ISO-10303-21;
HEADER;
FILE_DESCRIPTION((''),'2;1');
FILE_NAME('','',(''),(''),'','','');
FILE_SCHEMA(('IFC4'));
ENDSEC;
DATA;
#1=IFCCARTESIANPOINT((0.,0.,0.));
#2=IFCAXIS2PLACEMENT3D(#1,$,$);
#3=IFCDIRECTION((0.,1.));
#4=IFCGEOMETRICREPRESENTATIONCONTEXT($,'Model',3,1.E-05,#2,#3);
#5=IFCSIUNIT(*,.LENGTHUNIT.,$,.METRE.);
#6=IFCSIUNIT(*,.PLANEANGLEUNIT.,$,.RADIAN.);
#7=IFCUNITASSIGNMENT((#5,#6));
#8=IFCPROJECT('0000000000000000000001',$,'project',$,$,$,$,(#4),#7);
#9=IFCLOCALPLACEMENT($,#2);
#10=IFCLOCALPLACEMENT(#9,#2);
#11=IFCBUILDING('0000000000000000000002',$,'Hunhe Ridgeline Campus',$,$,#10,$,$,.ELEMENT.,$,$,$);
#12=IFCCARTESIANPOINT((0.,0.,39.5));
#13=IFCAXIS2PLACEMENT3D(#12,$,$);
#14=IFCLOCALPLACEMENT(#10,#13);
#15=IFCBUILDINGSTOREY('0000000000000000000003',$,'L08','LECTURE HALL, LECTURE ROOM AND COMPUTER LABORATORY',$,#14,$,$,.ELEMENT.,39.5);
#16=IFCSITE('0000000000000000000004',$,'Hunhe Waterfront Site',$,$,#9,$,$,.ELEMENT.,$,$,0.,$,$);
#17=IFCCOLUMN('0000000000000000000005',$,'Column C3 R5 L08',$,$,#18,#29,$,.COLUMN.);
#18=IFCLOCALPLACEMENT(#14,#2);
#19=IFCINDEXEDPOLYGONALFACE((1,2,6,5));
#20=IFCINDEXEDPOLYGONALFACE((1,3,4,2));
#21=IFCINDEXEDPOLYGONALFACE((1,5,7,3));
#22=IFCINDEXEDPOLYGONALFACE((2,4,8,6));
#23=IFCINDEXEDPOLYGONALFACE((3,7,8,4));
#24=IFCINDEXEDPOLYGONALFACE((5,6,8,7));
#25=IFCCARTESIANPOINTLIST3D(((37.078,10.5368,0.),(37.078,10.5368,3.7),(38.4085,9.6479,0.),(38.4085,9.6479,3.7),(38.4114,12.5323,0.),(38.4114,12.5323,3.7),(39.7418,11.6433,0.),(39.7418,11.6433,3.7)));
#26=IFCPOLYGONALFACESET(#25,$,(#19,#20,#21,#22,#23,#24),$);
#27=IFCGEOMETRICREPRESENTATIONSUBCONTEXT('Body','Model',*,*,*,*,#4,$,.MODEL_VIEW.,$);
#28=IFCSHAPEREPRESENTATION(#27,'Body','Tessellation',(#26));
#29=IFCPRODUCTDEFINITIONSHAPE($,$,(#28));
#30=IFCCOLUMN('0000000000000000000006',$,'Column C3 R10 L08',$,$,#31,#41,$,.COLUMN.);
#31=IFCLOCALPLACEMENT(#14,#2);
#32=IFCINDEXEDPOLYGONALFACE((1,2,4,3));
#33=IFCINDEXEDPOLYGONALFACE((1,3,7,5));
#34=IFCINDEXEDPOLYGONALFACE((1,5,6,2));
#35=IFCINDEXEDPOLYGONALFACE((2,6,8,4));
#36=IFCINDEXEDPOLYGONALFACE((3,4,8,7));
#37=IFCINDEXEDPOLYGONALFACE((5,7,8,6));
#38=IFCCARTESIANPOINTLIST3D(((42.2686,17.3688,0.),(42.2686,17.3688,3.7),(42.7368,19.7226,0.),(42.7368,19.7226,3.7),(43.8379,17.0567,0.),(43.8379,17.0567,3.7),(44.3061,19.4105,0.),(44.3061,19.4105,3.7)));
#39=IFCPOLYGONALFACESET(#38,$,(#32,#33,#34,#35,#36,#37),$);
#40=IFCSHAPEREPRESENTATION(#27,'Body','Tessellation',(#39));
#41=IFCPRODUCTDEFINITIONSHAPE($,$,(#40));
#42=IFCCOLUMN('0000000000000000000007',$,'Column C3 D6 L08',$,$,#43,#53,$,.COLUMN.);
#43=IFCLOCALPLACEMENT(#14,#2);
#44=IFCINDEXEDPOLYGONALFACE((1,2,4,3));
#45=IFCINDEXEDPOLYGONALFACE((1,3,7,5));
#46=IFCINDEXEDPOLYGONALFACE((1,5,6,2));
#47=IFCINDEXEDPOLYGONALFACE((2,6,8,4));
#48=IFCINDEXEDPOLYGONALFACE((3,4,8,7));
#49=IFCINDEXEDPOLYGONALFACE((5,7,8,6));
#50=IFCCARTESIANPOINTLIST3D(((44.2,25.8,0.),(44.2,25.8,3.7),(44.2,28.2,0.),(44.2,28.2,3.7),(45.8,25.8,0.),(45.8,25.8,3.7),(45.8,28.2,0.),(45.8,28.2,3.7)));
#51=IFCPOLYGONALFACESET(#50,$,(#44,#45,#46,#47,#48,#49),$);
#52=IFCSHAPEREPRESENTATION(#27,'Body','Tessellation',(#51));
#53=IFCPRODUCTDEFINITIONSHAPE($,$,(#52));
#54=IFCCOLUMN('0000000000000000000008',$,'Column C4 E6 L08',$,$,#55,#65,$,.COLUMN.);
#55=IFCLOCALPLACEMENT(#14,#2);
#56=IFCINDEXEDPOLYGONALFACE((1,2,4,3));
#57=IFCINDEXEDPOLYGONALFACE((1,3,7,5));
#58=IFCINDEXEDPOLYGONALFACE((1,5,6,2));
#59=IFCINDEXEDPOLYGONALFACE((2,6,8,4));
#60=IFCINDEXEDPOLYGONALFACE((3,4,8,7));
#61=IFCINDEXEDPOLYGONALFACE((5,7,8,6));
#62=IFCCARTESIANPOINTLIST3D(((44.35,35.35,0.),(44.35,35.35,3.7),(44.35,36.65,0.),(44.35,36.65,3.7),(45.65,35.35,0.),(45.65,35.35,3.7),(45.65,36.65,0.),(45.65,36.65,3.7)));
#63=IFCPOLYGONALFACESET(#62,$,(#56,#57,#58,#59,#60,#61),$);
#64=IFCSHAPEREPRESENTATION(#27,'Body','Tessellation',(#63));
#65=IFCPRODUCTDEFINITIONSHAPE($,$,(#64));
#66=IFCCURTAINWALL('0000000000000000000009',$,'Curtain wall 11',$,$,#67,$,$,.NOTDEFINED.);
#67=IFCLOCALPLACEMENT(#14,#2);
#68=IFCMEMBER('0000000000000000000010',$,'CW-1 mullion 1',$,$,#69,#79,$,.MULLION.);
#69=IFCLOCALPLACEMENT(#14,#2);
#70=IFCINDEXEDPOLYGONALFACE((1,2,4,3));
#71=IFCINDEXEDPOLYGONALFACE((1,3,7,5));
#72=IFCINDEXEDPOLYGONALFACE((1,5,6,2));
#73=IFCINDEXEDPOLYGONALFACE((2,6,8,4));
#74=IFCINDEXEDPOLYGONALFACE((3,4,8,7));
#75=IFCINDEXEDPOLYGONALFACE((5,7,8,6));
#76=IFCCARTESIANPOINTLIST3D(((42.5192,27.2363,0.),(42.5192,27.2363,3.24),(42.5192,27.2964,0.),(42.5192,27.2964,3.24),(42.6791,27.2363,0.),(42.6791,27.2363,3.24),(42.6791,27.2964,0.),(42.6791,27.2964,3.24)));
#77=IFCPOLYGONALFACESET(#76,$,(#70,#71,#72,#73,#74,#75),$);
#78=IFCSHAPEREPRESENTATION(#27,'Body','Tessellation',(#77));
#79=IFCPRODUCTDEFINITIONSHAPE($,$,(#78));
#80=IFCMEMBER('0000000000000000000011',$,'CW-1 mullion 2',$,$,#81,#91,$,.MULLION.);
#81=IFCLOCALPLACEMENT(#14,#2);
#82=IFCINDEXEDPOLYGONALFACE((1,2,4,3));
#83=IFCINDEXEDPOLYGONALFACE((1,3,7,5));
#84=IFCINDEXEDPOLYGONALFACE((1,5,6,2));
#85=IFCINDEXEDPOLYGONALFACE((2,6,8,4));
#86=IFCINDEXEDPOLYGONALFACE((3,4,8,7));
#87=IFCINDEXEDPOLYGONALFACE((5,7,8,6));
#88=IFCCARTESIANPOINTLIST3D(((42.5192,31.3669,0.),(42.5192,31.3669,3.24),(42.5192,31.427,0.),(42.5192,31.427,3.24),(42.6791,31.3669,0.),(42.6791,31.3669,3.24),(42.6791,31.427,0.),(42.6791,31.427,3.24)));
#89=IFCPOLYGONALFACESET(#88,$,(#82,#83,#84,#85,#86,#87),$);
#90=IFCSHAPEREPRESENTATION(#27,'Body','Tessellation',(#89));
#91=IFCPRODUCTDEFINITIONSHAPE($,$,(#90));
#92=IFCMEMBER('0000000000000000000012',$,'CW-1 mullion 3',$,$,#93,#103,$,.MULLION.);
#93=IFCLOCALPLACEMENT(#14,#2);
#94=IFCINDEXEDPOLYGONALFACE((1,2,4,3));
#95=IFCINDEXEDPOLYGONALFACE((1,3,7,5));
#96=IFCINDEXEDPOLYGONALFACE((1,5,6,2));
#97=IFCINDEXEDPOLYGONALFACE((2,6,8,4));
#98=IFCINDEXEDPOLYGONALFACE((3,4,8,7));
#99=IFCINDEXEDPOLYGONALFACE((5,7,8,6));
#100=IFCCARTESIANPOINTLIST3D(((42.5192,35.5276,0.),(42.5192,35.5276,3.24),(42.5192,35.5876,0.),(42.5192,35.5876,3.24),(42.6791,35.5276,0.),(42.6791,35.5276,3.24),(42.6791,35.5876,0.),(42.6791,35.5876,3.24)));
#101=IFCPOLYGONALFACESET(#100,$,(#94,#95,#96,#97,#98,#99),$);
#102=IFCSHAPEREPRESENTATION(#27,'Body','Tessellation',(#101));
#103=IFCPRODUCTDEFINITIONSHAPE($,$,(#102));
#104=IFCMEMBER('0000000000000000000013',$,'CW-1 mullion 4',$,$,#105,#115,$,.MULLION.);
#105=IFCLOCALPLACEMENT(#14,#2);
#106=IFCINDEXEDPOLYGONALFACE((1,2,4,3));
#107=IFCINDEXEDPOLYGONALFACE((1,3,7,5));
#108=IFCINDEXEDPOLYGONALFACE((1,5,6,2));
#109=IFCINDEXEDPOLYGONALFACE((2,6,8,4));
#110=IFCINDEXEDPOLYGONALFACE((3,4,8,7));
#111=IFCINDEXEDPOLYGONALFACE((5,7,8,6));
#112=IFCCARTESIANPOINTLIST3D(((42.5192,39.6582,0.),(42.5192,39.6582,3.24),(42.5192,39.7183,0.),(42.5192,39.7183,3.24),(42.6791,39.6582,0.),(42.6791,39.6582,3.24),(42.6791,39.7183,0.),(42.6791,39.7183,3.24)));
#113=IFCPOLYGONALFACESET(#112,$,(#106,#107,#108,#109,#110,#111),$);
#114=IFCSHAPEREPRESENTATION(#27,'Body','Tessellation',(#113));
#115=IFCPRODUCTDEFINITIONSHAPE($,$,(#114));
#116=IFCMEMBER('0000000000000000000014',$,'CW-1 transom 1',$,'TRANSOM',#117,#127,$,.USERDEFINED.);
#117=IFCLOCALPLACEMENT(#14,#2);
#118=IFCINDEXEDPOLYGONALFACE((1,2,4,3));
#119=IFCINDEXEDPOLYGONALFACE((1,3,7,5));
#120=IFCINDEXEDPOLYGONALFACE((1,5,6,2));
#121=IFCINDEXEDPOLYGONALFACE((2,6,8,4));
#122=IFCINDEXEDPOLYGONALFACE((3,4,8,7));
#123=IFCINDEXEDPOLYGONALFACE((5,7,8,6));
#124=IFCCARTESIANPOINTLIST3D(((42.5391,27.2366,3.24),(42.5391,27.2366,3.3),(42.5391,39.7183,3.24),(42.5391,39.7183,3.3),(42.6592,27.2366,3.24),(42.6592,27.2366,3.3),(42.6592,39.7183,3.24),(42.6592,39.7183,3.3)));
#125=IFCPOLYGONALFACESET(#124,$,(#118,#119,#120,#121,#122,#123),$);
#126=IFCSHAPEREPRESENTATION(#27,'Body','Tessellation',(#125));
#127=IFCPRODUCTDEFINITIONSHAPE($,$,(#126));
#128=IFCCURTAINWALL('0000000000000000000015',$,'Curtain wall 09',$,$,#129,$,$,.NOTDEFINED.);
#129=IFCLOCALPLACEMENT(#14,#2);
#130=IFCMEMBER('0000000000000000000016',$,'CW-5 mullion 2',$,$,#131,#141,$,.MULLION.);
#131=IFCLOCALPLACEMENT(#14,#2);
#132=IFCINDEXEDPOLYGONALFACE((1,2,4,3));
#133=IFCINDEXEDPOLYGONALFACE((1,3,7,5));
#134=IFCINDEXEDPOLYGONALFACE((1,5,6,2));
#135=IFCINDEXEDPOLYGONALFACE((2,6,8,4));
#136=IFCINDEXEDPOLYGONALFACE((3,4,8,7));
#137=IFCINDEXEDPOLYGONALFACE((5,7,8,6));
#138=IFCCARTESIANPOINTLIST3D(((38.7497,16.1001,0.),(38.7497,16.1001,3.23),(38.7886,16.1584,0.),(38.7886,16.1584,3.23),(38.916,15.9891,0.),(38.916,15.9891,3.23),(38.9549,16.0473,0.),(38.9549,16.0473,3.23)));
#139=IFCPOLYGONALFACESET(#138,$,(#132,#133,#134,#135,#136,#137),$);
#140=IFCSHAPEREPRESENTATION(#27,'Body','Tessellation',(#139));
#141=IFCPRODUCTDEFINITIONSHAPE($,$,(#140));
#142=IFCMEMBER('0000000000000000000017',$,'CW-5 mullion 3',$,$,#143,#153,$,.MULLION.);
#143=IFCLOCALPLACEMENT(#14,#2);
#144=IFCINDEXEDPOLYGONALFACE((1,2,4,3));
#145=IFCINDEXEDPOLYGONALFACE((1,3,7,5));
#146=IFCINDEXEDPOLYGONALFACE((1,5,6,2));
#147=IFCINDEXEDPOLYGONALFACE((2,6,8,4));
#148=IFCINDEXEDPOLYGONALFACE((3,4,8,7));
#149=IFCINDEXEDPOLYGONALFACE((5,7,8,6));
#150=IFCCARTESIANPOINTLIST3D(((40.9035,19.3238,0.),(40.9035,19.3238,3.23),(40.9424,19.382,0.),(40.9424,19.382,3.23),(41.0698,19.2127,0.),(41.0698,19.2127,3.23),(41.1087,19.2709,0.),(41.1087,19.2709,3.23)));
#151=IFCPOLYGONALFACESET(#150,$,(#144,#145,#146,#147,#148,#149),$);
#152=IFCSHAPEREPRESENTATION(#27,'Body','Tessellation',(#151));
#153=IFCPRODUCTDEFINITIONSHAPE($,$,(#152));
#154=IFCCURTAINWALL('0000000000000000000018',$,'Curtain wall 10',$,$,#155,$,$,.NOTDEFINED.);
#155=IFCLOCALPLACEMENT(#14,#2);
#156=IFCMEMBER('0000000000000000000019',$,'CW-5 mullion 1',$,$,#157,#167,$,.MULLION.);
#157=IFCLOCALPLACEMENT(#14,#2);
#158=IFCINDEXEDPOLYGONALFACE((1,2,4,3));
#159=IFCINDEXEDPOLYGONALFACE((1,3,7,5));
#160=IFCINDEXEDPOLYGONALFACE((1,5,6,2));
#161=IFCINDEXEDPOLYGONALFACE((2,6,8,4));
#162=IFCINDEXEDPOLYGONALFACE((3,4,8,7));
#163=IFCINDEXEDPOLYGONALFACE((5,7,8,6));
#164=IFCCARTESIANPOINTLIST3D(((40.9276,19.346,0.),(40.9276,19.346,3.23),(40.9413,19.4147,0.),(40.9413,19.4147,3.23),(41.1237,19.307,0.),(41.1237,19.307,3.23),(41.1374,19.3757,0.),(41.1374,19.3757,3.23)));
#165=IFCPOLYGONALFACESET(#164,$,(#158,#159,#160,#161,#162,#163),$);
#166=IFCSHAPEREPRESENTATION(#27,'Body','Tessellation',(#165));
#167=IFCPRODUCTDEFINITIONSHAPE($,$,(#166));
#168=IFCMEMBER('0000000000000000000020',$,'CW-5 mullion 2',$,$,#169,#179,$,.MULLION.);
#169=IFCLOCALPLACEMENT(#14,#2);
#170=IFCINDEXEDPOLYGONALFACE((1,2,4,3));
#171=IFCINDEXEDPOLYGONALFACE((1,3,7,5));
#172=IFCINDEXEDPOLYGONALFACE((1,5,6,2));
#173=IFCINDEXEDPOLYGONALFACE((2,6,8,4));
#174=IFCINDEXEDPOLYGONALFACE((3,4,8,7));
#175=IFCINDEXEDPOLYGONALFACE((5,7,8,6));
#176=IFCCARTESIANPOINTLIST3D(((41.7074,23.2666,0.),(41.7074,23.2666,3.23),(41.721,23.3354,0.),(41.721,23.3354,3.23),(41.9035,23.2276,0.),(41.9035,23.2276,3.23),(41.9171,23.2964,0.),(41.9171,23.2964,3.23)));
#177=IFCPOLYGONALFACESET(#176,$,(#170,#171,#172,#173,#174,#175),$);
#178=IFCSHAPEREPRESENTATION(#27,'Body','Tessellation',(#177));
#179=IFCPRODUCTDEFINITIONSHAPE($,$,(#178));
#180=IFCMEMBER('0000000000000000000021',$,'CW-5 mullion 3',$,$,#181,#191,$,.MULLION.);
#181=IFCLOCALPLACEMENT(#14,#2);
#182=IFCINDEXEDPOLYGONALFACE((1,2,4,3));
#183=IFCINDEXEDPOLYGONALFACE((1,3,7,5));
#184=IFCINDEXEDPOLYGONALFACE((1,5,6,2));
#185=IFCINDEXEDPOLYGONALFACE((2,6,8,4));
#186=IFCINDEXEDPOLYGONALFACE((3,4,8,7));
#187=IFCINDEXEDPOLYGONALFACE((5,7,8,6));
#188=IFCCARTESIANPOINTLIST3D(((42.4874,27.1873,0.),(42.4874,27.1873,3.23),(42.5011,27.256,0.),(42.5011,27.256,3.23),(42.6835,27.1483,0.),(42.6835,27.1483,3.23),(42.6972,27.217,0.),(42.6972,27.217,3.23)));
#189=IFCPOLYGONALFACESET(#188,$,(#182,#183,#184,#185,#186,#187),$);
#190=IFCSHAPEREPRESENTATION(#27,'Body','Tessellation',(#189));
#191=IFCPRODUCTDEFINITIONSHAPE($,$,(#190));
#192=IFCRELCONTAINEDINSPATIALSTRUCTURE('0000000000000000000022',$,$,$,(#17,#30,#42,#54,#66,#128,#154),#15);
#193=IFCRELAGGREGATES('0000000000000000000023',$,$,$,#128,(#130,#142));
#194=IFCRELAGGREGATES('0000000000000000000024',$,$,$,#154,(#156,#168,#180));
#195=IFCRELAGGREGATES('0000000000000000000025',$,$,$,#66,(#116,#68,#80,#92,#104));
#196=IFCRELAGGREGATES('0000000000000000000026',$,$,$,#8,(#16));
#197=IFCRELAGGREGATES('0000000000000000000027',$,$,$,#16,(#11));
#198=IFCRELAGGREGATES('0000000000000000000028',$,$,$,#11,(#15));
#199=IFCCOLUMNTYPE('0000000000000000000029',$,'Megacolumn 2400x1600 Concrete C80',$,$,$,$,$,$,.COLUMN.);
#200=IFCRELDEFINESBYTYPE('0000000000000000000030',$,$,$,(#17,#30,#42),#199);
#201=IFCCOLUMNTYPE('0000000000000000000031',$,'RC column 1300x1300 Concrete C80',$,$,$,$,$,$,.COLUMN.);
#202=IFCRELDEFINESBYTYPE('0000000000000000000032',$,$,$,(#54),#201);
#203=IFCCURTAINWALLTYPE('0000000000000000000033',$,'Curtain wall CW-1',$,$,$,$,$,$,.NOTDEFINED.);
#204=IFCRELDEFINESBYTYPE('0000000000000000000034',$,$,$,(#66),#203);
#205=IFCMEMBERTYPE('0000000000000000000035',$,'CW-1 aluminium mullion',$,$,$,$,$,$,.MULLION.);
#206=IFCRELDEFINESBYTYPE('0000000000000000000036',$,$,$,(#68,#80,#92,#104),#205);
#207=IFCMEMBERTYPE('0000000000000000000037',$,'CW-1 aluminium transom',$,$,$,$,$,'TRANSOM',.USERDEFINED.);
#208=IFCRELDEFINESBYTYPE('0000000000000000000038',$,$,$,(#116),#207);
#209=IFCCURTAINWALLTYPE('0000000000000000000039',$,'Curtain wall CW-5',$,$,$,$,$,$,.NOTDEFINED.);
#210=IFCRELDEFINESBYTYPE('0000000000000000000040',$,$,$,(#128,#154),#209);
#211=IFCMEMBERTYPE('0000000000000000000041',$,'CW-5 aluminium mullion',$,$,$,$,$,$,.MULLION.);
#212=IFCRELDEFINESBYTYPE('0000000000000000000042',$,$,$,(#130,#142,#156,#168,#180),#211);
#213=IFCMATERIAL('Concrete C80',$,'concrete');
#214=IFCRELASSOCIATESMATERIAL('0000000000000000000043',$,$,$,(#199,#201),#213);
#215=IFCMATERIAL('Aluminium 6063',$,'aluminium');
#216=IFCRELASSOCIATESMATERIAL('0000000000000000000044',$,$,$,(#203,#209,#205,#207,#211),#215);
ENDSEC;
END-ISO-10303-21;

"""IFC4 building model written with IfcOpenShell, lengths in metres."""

from ifc_helpers import new_model, si_unit, direction, frame, origin, origin_2d, place, context, subcontext, project, spatial, rectangle, extrude, material, material_profile, profile_set, type_object, element, aggregate, save


model = new_model("IFC4")

# Units and contexts
model_context = context("Model", 3, precision=1e-05, world=origin(), true_north=direction((0.0, 1.0)))
body_context = subcontext(model_context, "Body", "Model", "MODEL_VIEW")
ifc_project = project(units=[si_unit("LENGTHUNIT", "METRE"), si_unit("PLANEANGLEUNIT", "RADIAN")], contexts=[model_context])

# Site, building, storey
site_placement = place(None, origin())
site = spatial("IfcSite", under=ifc_project, at=site_placement, Name="Hunhe Waterfront Site", CompositionType="ELEMENT", RefElevation=0.0)
building_placement = place(site_placement, origin())
building = spatial("IfcBuilding", under=site, at=building_placement, Name="Hunhe Ridgeline Campus", CompositionType="ELEMENT")
storey_placement = place(building_placement, frame((0.0, 0.0, 39.5)))
storey = spatial("IfcBuildingStorey", under=building, at=storey_placement, Name="L08", Description="LECTURE HALL, LECTURE ROOM AND COMPUTER LABORATORY", CompositionType="ELEMENT", Elevation=39.5)

# Columns
ifc_material_1 = material(Name="Concrete C80", Category="concrete")
ifc_material_profile_1 = material_profile(ifc_material_1, rectangle(XDim=2.3999, YDim=1.6001, at=origin_2d()))
ifc_profile_set_1 = profile_set([ifc_material_profile_1], Name="Concrete C80")
column_type_1 = type_object("IfcColumnType", Name="Megacolumn 2400x1600 Concrete C80", PredefinedType="COLUMN", material=ifc_profile_set_1)
for number, where, z_axis, x_axis, name in (
    (1, (38.4099, 11.0901, 0.0), (0.0, 0.0, 1.0), (0.55557, 0.83147, 0.0), "Column C3 R5 L08"),
    (2, (43.2874, 18.3896, 0.0), (0.0, 0.0, 1.0), (0.19509, 0.980785, 0.0), "Column C3 R10 L08"),
    (3, (45.0, 27.0, 0.0), (0.0, 0.0, 1.0), (0.0, 1.0, 0.0), "Column C3 D6 L08"),
):
    element("IfcColumn", number, at=place(storey_placement, frame(where, z_axis=z_axis, x_axis=x_axis)), inside=storey, type_object=column_type_1, Name=name, PredefinedType="COLUMN", context=body_context, shape_type="SweptSolid", body=[
        extrude(rectangle(XDim=2.3999, YDim=1.6001, at=origin_2d()), origin(), (0.0, 0.0, 1.0), 3.7),
    ])
ifc_material_profile_2 = material_profile(ifc_material_1, rectangle(XDim=1.3, YDim=1.3, at=origin_2d()))
ifc_profile_set_2 = profile_set([ifc_material_profile_2], Name="Concrete C80")
column_type_2 = type_object("IfcColumnType", Name="RC column 1300x1300 Concrete C80", PredefinedType="COLUMN", material=ifc_profile_set_2)
column_placement = place(storey_placement, frame((45.0, 36.0, 0.0), z_axis=(0.0, 0.0, 1.0), x_axis=(1.0, 0.0, 0.0)))
element("IfcColumn", 4, at=column_placement, inside=storey, type_object=column_type_2, Name="Column C4 E6 L08", PredefinedType="COLUMN", context=body_context, shape_type="SweptSolid", body=[
    extrude(rectangle(XDim=1.3, YDim=1.3, at=origin_2d()), origin(), (0.0, 0.0, 1.0), 3.7),
])

# Curtain walls, members
ifc_material_2 = material(Name="Aluminium 6063", Category="aluminium")
curtain_wall_type_1 = type_object("IfcCurtainWallType", Name="Curtain wall CW-1", PredefinedType="NOTDEFINED", material=ifc_material_2)
curtain_wall_1_placement = place(storey_placement, origin())
curtain_wall_1 = element("IfcCurtainWall", 5, at=curtain_wall_1_placement, inside=storey, type_object=curtain_wall_type_1, Name="Curtain wall 11", PredefinedType="NOTDEFINED")
ifc_material_profile_3 = material_profile(ifc_material_2, rectangle(XDim=0.1599, YDim=0.0601, at=origin_2d()))
ifc_profile_set_3 = profile_set([ifc_material_profile_3], Name="Aluminium 6063")
member_type_1 = type_object("IfcMemberType", Name="CW-1 aluminium mullion", PredefinedType="MULLION", material=ifc_profile_set_3)
member_1_placement = place(storey_placement, frame((42.5991, 27.2664, 0.0), z_axis=(0.0, 0.0, 1.0), x_axis=(-1.0, 0.0, 0.0)))
member_1 = element("IfcMember", 6, at=member_1_placement, type_object=member_type_1, Name="CW-1 mullion 1", PredefinedType="MULLION", context=body_context, shape_type="SweptSolid", body=[
    extrude(rectangle(XDim=0.1599, YDim=0.0601, at=origin_2d()), origin(), (0.0, 0.0, 1.0), 3.24),
])
member_2_placement = place(storey_placement, frame((42.5991, 31.397, 0.0), z_axis=(0.0, 0.0, 1.0), x_axis=(-1.0, 0.0, 0.0)))
member_2 = element("IfcMember", 7, at=member_2_placement, type_object=member_type_1, Name="CW-1 mullion 2", PredefinedType="MULLION", context=body_context, shape_type="SweptSolid", body=[
    extrude(rectangle(XDim=0.1599, YDim=0.0601, at=origin_2d()), origin(), (0.0, 0.0, 1.0), 3.24),
])
member_3_placement = place(storey_placement, frame((42.5991, 35.5576, 0.0), z_axis=(0.0, 0.0, 1.0), x_axis=(-1.0, 0.0, 0.0)))
member_3 = element("IfcMember", 8, at=member_3_placement, type_object=member_type_1, Name="CW-1 mullion 3", PredefinedType="MULLION", context=body_context, shape_type="SweptSolid", body=[
    extrude(rectangle(XDim=0.1599, YDim=0.0601, at=origin_2d()), origin(), (0.0, 0.0, 1.0), 3.24),
])
member_4_placement = place(storey_placement, frame((42.5991, 39.6882, 0.0), z_axis=(0.0, 0.0, 1.0), x_axis=(-1.0, 0.0, 0.0)))
member_4 = element("IfcMember", 9, at=member_4_placement, type_object=member_type_1, Name="CW-1 mullion 4", PredefinedType="MULLION", context=body_context, shape_type="SweptSolid", body=[
    extrude(rectangle(XDim=0.1599, YDim=0.0601, at=origin_2d()), origin(), (0.0, 0.0, 1.0), 3.24),
])
ifc_material_profile_4 = material_profile(ifc_material_2, rectangle(XDim=0.1201, YDim=0.0601, at=origin_2d()))
ifc_profile_set_4 = profile_set([ifc_material_profile_4], Name="Aluminium 6063")
member_type_2 = type_object("IfcMemberType", Name="CW-1 aluminium transom", ElementType="TRANSOM", PredefinedType="USERDEFINED", material=ifc_profile_set_4)
member_5_placement = place(storey_placement, frame((42.5991, 27.2366, 3.27), z_axis=(0.0, 1.0, 0.0), x_axis=(-1.0, 0.0, 0.0)))
member_5 = element("IfcMember", 10, at=member_5_placement, type_object=member_type_2, Name="CW-1 transom 1", ObjectType="TRANSOM", PredefinedType="USERDEFINED", context=body_context, shape_type="SweptSolid", body=[
    extrude(rectangle(XDim=0.1201, YDim=0.0601, at=origin_2d()), origin(), (0.0, 0.0, 1.0), 12.4817),
])
curtain_wall_type_2 = type_object("IfcCurtainWallType", Name="Curtain wall CW-5", PredefinedType="NOTDEFINED", material=ifc_material_2)
curtain_wall_2_placement = place(storey_placement, origin())
curtain_wall_2 = element("IfcCurtainWall", 11, at=curtain_wall_2_placement, inside=storey, type_object=curtain_wall_type_2, Name="Curtain wall 09", PredefinedType="NOTDEFINED")
ifc_material_profile_5 = material_profile(ifc_material_2, rectangle(XDim=0.2, YDim=0.0701, at=origin_2d()))
ifc_profile_set_5 = profile_set([ifc_material_profile_5], Name="Aluminium 6063")
member_type_3 = type_object("IfcMemberType", Name="CW-5 aluminium mullion", PredefinedType="MULLION", material=ifc_profile_set_5)
member_6_placement = place(storey_placement, frame((38.8523, 16.0737, 0.0), z_axis=(0.0, 0.0, 1.0), x_axis=(-0.83147, 0.55557, 0.0)))
member_6 = element("IfcMember", 12, at=member_6_placement, type_object=member_type_3, Name="CW-5 mullion 2", PredefinedType="MULLION", context=body_context, shape_type="SweptSolid", body=[
    extrude(rectangle(XDim=0.2, YDim=0.0701, at=origin_2d()), origin(), (0.0, 0.0, 1.0), 3.23),
])
member_7_placement = place(storey_placement, frame((41.0061, 19.2974, 0.0), z_axis=(0.0, 0.0, 1.0), x_axis=(-0.83147, 0.55557, 0.0)))
member_7 = element("IfcMember", 13, at=member_7_placement, type_object=member_type_3, Name="CW-5 mullion 3", PredefinedType="MULLION", context=body_context, shape_type="SweptSolid", body=[
    extrude(rectangle(XDim=0.2, YDim=0.0701, at=origin_2d()), origin(), (0.0, 0.0, 1.0), 3.23),
])
curtain_wall_3_placement = place(storey_placement, origin())
curtain_wall_3 = element("IfcCurtainWall", 14, at=curtain_wall_3_placement, inside=storey, type_object=curtain_wall_type_2, Name="Curtain wall 10", PredefinedType="NOTDEFINED")
member_8_placement = place(storey_placement, frame((41.0325, 19.3608, 0.0), z_axis=(0.0, 0.0, 1.0), x_axis=(-0.980785, 0.19509, 0.0)))
member_8 = element("IfcMember", 15, at=member_8_placement, type_object=member_type_3, Name="CW-5 mullion 1", PredefinedType="MULLION", context=body_context, shape_type="SweptSolid", body=[
    extrude(rectangle(XDim=0.2, YDim=0.0701, at=origin_2d()), origin(), (0.0, 0.0, 1.0), 3.23),
])
member_9_placement = place(storey_placement, frame((41.8123, 23.2815, 0.0), z_axis=(0.0, 0.0, 1.0), x_axis=(-0.980785, 0.19509, 0.0)))
member_9 = element("IfcMember", 16, at=member_9_placement, type_object=member_type_3, Name="CW-5 mullion 2", PredefinedType="MULLION", context=body_context, shape_type="SweptSolid", body=[
    extrude(rectangle(XDim=0.2, YDim=0.0701, at=origin_2d()), origin(), (0.0, 0.0, 1.0), 3.23),
])
member_10_placement = place(storey_placement, frame((42.5923, 27.2021, 0.0), z_axis=(0.0, 0.0, 1.0), x_axis=(-0.980785, 0.19509, 0.0)))
member_10 = element("IfcMember", 17, at=member_10_placement, type_object=member_type_3, Name="CW-5 mullion 3", PredefinedType="MULLION", context=body_context, shape_type="SweptSolid", body=[
    extrude(rectangle(XDim=0.2, YDim=0.0701, at=origin_2d()), origin(), (0.0, 0.0, 1.0), 3.23),
])

aggregate(curtain_wall_2, [member_6, member_7])
aggregate(curtain_wall_3, [member_8, member_9, member_10])
aggregate(curtain_wall_1, [member_5, member_1, member_2, member_3, member_4])

save(model, "model.ifc")
